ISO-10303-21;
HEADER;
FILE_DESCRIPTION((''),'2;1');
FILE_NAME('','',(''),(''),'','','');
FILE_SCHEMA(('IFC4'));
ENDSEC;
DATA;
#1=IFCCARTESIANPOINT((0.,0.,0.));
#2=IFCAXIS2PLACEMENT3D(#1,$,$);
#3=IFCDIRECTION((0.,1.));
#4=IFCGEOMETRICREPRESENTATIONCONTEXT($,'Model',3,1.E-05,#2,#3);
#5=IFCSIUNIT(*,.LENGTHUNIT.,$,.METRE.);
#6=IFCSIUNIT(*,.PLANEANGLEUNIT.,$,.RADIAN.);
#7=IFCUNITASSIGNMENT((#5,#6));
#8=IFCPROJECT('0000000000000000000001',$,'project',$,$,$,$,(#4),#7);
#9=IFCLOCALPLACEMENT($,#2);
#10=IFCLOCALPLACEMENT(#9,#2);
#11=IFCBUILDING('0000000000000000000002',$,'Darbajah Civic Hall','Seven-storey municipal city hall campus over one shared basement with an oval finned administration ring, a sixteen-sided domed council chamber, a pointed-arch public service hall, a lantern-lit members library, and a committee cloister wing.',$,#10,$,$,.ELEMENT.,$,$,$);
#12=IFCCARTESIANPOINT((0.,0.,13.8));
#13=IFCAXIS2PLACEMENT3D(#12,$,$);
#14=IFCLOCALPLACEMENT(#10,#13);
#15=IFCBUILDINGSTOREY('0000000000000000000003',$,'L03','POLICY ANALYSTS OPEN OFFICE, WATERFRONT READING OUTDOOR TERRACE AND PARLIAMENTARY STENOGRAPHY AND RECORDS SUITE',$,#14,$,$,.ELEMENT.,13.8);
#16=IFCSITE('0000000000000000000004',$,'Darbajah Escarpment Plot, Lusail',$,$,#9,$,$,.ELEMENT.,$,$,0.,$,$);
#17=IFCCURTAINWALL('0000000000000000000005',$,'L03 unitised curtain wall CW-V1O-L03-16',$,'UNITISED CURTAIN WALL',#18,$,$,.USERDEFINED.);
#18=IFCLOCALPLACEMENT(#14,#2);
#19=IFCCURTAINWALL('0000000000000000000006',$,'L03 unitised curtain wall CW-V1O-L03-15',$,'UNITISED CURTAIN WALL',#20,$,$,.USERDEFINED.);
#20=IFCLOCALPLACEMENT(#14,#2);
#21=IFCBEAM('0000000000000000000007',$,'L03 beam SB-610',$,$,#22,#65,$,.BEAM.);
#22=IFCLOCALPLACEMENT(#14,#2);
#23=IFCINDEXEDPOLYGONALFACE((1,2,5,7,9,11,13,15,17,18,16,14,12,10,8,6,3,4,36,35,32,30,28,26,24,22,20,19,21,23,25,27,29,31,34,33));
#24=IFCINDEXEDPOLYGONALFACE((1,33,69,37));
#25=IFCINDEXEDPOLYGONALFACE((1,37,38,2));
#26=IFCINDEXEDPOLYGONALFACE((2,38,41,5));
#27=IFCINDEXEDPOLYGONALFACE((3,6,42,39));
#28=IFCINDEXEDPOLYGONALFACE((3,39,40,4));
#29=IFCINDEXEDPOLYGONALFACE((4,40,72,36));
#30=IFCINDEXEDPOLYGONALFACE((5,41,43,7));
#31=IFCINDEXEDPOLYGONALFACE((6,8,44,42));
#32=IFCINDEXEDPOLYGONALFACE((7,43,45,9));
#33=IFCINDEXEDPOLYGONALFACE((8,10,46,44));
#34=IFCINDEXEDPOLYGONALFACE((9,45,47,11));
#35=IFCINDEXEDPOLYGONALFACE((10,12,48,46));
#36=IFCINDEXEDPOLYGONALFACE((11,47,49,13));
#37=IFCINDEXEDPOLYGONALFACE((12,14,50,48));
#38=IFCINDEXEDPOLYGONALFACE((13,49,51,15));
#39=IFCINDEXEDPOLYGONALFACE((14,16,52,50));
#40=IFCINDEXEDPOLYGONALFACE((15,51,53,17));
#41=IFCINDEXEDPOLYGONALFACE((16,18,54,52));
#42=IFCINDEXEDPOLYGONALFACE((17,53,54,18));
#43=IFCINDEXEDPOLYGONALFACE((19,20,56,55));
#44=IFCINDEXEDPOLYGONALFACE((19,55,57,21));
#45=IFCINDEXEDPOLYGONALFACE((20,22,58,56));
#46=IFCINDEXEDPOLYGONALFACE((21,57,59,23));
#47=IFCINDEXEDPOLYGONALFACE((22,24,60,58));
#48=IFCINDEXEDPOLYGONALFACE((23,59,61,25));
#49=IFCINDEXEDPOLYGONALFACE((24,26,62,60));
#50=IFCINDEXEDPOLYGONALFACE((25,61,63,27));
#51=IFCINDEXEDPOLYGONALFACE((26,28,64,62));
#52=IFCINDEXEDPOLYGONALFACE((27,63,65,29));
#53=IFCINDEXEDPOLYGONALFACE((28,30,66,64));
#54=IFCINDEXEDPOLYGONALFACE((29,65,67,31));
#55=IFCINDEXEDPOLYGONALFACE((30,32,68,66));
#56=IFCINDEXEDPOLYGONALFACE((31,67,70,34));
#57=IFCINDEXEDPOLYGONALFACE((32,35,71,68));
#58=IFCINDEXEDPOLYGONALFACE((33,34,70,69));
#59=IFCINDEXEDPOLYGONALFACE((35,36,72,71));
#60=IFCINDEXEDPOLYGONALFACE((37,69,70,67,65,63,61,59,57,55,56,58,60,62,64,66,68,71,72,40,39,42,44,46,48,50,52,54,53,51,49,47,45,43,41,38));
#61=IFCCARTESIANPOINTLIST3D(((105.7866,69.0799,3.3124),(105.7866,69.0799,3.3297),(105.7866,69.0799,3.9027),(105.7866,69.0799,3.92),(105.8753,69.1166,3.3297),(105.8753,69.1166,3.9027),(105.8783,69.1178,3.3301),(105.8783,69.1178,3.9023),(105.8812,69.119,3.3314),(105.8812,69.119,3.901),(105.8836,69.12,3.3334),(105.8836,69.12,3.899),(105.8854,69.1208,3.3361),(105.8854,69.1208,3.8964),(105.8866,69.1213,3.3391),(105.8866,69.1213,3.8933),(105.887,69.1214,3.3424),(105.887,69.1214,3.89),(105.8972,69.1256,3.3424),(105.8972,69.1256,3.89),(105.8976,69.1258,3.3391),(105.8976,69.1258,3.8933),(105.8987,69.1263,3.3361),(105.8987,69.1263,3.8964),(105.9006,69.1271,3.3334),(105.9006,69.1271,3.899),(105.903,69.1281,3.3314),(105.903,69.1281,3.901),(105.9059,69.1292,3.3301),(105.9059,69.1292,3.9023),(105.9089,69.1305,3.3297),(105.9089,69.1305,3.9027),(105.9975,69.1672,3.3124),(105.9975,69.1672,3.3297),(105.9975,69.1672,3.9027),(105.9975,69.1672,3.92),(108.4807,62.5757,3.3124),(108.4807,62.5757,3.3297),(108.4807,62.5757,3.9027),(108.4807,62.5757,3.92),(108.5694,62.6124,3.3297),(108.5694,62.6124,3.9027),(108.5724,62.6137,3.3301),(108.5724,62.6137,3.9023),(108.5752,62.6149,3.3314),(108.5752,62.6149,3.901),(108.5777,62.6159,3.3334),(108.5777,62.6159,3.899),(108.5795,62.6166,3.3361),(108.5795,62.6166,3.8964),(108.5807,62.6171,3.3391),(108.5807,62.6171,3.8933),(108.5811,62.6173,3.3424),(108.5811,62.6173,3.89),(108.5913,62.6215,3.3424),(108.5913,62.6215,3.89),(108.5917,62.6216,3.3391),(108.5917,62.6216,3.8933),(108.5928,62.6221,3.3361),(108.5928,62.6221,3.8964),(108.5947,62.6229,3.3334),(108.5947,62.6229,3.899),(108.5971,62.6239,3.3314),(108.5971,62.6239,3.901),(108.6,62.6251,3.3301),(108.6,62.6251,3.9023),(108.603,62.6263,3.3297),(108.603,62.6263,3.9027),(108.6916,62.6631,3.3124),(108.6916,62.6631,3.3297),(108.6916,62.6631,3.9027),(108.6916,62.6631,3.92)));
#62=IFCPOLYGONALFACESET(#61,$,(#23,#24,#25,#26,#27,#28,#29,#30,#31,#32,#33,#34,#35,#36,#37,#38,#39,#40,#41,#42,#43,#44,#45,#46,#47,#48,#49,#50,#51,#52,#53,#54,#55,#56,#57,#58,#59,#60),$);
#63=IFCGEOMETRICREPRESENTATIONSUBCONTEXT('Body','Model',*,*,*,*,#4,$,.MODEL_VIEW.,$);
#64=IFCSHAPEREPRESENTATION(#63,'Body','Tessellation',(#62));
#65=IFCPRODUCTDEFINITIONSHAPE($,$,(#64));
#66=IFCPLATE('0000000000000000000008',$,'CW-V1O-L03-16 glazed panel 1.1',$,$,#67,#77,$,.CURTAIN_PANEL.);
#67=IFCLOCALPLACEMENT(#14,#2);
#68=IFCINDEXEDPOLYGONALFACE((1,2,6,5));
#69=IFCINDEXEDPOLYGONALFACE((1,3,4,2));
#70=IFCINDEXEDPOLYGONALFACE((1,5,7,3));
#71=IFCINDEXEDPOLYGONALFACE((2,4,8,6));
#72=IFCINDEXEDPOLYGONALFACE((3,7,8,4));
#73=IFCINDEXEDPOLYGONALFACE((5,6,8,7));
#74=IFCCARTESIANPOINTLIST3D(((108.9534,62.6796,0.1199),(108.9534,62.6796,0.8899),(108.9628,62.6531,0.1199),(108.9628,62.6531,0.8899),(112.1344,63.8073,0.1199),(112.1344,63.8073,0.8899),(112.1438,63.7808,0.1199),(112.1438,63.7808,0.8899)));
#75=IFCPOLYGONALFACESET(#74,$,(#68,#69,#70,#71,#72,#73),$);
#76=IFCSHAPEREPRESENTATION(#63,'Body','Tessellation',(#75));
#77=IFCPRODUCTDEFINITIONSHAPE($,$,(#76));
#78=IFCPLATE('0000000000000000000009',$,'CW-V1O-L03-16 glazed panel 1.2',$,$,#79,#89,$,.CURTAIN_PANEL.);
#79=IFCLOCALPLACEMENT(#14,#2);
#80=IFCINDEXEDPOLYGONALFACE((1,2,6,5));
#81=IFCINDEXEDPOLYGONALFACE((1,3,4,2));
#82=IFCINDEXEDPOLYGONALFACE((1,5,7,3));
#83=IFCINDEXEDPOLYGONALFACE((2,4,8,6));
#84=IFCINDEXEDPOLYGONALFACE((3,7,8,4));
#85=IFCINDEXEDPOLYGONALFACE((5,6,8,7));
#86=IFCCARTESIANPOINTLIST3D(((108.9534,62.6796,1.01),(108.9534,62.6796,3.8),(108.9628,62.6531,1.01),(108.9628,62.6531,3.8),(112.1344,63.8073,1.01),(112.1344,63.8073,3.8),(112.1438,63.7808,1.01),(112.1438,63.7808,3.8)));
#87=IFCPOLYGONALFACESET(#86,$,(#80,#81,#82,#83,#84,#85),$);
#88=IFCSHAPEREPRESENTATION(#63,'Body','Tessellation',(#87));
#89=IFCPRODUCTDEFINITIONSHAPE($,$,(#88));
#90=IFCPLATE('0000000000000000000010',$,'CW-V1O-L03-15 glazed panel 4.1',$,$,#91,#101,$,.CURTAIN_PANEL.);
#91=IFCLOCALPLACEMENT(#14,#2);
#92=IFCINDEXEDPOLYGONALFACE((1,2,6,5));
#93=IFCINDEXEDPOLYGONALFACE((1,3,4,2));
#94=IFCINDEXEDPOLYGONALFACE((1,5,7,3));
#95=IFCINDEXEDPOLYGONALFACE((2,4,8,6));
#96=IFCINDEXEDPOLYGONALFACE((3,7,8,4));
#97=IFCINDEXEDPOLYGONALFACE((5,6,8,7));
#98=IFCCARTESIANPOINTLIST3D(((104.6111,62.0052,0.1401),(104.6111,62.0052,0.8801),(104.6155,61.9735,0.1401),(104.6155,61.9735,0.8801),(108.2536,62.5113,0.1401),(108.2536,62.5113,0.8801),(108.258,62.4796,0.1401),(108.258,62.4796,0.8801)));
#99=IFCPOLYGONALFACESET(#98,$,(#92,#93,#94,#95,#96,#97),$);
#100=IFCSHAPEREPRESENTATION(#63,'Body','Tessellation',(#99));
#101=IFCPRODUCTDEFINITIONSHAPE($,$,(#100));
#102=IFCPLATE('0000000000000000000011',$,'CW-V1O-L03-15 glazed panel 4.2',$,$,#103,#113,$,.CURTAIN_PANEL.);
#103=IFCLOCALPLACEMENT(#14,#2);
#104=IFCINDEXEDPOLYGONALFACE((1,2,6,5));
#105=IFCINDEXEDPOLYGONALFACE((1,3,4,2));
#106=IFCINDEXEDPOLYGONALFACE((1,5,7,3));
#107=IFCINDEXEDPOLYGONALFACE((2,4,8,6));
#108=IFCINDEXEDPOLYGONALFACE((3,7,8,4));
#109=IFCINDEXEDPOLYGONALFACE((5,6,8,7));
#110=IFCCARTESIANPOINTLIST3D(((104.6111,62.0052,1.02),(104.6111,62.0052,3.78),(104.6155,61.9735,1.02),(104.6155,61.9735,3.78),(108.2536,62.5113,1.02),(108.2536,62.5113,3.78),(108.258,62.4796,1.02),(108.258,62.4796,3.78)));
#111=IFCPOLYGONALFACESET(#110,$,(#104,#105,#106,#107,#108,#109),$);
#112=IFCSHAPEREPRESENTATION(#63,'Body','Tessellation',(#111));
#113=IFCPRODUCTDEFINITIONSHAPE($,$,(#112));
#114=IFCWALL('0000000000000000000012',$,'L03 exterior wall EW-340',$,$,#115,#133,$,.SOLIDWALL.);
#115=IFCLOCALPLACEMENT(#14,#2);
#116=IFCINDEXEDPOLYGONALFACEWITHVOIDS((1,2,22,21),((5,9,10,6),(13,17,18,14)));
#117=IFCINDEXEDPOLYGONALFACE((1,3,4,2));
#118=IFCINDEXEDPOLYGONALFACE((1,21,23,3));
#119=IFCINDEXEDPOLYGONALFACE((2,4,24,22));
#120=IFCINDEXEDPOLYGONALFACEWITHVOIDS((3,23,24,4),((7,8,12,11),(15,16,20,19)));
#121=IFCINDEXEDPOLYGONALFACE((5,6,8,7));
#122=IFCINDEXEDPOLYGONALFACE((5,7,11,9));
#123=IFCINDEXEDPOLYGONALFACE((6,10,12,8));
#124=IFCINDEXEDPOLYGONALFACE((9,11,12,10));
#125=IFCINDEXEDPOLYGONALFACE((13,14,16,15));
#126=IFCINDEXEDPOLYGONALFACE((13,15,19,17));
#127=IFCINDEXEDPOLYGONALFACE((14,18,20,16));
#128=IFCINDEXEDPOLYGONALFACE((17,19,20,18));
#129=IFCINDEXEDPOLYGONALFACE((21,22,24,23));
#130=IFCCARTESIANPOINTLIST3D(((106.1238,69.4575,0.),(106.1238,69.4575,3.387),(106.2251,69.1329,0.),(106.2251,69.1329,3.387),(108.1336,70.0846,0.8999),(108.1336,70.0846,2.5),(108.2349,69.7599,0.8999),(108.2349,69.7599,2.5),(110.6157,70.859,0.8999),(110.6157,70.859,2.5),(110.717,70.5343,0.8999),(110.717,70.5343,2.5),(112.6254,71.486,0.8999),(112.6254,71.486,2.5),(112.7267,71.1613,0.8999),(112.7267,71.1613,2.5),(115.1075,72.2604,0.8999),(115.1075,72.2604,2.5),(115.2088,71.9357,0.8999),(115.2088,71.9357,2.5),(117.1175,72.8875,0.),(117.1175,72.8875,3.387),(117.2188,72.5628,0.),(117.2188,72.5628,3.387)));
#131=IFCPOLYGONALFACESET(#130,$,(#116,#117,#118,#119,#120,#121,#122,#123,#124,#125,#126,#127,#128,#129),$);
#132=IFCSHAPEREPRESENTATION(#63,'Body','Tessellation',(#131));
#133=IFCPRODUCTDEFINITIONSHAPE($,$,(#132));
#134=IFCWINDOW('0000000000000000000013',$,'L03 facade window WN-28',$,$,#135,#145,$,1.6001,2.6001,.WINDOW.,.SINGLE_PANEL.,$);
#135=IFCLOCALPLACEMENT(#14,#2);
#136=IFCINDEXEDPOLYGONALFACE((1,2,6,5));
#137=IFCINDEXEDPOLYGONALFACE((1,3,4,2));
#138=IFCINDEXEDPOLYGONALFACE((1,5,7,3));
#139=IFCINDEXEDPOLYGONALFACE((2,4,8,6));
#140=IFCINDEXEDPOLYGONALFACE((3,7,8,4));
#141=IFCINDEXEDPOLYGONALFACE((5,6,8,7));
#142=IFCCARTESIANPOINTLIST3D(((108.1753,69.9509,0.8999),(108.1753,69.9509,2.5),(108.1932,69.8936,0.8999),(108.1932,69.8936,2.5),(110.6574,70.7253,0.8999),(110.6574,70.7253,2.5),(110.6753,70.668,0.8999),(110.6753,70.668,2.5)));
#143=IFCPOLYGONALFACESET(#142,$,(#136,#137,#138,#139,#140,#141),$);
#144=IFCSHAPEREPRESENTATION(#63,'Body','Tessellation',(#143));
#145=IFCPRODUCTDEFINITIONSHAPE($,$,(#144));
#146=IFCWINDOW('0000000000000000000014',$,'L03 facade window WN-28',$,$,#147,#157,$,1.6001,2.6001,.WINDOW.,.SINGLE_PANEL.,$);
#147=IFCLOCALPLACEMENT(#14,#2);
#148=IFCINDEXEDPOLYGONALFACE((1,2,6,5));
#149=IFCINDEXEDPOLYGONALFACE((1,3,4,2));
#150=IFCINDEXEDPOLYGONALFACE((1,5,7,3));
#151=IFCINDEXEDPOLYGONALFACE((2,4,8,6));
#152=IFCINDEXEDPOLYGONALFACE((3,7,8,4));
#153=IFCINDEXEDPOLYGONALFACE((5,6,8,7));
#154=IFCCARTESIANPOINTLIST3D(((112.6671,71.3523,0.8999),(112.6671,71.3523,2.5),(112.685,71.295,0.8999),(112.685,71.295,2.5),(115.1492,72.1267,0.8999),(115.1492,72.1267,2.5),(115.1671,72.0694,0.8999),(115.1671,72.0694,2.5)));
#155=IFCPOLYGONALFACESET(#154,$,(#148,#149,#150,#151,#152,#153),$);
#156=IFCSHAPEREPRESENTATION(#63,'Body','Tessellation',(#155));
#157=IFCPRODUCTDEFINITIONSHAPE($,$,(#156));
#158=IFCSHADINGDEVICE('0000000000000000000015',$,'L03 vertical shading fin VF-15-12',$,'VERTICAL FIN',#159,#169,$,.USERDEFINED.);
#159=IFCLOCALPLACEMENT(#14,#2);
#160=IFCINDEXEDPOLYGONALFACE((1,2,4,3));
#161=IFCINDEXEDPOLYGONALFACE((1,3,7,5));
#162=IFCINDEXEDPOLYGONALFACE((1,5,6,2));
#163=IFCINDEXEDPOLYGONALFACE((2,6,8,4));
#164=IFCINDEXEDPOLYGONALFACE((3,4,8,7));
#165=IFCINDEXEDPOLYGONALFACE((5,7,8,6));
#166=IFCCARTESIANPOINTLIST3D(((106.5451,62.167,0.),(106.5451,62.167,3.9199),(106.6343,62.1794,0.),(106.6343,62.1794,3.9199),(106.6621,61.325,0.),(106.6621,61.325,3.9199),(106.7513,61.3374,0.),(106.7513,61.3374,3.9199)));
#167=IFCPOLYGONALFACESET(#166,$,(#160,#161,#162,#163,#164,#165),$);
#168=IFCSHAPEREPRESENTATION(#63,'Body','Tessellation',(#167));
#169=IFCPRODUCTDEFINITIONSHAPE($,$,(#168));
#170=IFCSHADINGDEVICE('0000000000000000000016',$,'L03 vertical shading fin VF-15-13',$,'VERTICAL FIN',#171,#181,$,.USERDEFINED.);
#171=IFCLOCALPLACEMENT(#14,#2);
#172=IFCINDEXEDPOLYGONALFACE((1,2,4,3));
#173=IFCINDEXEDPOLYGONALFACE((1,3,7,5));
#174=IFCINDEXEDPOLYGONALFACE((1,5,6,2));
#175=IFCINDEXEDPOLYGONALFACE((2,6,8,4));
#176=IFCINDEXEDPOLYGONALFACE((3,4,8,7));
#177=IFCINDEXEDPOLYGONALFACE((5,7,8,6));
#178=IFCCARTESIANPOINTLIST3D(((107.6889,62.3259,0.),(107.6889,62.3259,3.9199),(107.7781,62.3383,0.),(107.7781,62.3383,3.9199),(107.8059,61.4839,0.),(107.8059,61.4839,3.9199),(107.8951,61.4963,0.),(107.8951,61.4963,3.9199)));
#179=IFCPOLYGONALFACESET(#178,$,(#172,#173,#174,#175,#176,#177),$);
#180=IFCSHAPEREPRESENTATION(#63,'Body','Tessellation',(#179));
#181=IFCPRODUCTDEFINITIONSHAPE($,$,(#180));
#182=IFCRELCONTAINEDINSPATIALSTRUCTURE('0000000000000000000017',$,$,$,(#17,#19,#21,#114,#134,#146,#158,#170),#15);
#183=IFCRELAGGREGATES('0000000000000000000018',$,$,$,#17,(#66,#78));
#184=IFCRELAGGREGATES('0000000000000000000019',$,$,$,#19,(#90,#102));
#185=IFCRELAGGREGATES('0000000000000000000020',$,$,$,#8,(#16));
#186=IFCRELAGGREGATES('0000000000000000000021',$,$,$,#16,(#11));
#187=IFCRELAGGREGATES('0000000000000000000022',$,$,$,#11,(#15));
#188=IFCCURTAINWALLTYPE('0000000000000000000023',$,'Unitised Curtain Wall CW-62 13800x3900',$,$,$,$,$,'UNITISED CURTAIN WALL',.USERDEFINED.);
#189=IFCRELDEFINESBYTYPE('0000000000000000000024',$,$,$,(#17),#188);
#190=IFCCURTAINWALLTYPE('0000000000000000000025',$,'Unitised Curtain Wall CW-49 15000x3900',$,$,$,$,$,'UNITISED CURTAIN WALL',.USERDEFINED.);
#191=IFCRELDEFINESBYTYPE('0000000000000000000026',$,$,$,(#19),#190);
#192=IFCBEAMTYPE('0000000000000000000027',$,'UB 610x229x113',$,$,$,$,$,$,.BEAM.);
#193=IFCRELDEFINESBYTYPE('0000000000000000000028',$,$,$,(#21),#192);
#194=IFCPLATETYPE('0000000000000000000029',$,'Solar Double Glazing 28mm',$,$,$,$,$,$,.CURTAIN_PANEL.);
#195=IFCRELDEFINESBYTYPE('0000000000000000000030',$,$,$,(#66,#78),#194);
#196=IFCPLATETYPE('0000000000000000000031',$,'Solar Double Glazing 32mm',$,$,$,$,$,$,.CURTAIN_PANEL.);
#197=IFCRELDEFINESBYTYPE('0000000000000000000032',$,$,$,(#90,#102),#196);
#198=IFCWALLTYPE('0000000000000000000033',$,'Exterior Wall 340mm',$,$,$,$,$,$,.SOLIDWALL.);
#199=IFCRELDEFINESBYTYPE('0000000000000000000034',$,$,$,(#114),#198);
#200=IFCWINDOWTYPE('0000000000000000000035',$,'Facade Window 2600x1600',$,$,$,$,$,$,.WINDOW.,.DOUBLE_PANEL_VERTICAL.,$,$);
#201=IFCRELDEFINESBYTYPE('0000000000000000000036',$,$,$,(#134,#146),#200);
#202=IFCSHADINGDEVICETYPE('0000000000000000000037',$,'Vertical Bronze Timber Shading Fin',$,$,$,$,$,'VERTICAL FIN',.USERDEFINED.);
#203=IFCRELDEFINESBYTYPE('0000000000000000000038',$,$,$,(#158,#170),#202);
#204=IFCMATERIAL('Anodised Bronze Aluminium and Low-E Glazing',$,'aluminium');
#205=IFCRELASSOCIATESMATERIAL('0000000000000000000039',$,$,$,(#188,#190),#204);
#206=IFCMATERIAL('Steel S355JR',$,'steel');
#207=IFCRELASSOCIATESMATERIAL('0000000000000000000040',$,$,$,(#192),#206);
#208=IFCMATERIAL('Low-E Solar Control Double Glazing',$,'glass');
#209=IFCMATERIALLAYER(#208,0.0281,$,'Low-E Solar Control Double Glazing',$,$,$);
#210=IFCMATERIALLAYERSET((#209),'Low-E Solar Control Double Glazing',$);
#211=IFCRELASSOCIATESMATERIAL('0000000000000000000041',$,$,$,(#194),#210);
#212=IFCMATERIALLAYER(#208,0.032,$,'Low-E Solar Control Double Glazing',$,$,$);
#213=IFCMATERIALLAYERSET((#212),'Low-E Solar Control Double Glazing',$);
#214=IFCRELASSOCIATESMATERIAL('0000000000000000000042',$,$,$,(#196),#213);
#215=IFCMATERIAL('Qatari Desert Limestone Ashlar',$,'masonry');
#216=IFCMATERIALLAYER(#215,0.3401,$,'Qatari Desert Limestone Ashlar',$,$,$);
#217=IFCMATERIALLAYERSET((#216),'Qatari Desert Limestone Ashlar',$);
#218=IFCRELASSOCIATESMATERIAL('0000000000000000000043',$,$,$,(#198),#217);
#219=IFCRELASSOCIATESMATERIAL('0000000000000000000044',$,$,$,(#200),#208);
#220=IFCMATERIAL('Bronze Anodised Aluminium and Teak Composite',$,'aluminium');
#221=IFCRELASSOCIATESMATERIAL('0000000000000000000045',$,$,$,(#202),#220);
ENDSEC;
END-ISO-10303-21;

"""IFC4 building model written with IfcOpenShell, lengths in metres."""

from ifc_helpers import new_model, si_unit, direction, frame, frame_2d, origin, origin_2d, place, context, subcontext, project, spatial, rectangle, i_section, extrude, material, layer, layer_set, material_profile, profile_set, type_object, element, fill, aggregate, save


model = new_model("IFC4")

# Units and contexts
model_context = context("Model", 3, precision=1e-05, world=origin(), true_north=direction((0.0, 1.0)))
body_context = subcontext(model_context, "Body", "Model", "MODEL_VIEW")
ifc_project = project(units=[si_unit("LENGTHUNIT", "METRE"), si_unit("PLANEANGLEUNIT", "RADIAN")], contexts=[model_context])

# Site, building, storey
site_placement = place(None, origin())
site = spatial("IfcSite", under=ifc_project, at=site_placement, Name="Darbajah Escarpment Plot, Lusail", CompositionType="ELEMENT", RefElevation=0.0)
building_placement = place(site_placement, origin())
building = spatial("IfcBuilding", under=site, at=building_placement, Name="Darbajah Civic Hall", Description="Seven-storey municipal city hall campus over one shared basement with an oval finned administration ring, a sixteen-sided domed council chamber, a pointed-arch public service hall, a lantern-lit members library, and a committee cloister wing.", CompositionType="ELEMENT")
storey_placement = place(building_placement, frame((0.0, 0.0, 13.8)))
storey = spatial("IfcBuildingStorey", under=building, at=storey_placement, Name="L03", Description="POLICY ANALYSTS OPEN OFFICE, WATERFRONT READING OUTDOOR TERRACE AND PARLIAMENTARY STENOGRAPHY AND RECORDS SUITE", CompositionType="ELEMENT", Elevation=13.8)

# Curtain walls
ifc_material_1 = material(Name="Anodised Bronze Aluminium and Low-E Glazing", Category="aluminium")
curtain_wall_type_1 = type_object("IfcCurtainWallType", Name="Unitised Curtain Wall CW-62 13800x3900", ElementType="UNITISED CURTAIN WALL", PredefinedType="USERDEFINED", material=ifc_material_1)
curtain_wall_1_placement = place(storey_placement, origin())
curtain_wall_1 = element("IfcCurtainWall", 1, at=curtain_wall_1_placement, inside=storey, type_object=curtain_wall_type_1, Name="L03 unitised curtain wall CW-V1O-L03-16", ObjectType="UNITISED CURTAIN WALL", PredefinedType="USERDEFINED")
curtain_wall_type_2 = type_object("IfcCurtainWallType", Name="Unitised Curtain Wall CW-49 15000x3900", ElementType="UNITISED CURTAIN WALL", PredefinedType="USERDEFINED", material=ifc_material_1)
curtain_wall_2_placement = place(storey_placement, origin())
curtain_wall_2 = element("IfcCurtainWall", 2, at=curtain_wall_2_placement, inside=storey, type_object=curtain_wall_type_2, Name="L03 unitised curtain wall CW-V1O-L03-15", ObjectType="UNITISED CURTAIN WALL", PredefinedType="USERDEFINED")

# Beam
ifc_material_2 = material(Name="Steel S355JR", Category="steel")
ifc_material_profile_1 = material_profile(ifc_material_2, i_section(OverallWidth=0.2283, OverallDepth=0.6077, WebThickness=0.011, FlangeThickness=0.0173, FilletRadius=0.0127, at=origin_2d()), Name="UB 610x229x113")
ifc_profile_set_1 = profile_set([ifc_material_profile_1], Name="Steel S355JR")
beam_type_1 = type_object("IfcBeamType", Name="UB 610x229x113", PredefinedType="BEAM", material=ifc_profile_set_1)
beam_1_placement = place(storey_placement, frame((105.8921, 69.1235, 3.6162), z_axis=(0.382682, -0.92388, 0.0), x_axis=(0.92388, 0.382682, 0.0)))
element("IfcBeam", 3, at=beam_1_placement, inside=storey, type_object=beam_type_1, Name="L03 beam SB-610", PredefinedType="BEAM", context=body_context, shape_type="SweptSolid", body=[
    extrude(i_section(OverallWidth=0.2283, OverallDepth=0.6077, WebThickness=0.011, FlangeThickness=0.0173, FilletRadius=0.0127, at=origin_2d()), origin(), (0.0, 0.0, 1.0), 7.04),
])

# Plates
ifc_material_3 = material(Name="Low-E Solar Control Double Glazing", Category="glass")
ifc_layer_1 = layer(ifc_material_3, 0.0281, Name="Low-E Solar Control Double Glazing")
ifc_layer_set_1 = layer_set([ifc_layer_1], Name="Low-E Solar Control Double Glazing")
plate_type_1 = type_object("IfcPlateType", Name="Solar Double Glazing 28mm", PredefinedType="CURTAIN_PANEL", material=ifc_layer_set_1)
plate_1_placement = place(storey_placement, frame((110.5486, 63.2302, 0.1199), z_axis=(0.0, 0.0, 1.0), x_axis=(0.942525, 0.334136, 0.0)))
plate_1 = element("IfcPlate", 4, at=plate_1_placement, type_object=plate_type_1, Name="CW-V1O-L03-16 glazed panel 1.1", PredefinedType="CURTAIN_PANEL", context=body_context, shape_type="SweptSolid", body=[
    extrude(rectangle(XDim=3.375, YDim=0.0281, at=origin_2d()), origin(), (0.0, 0.0, 1.0), 0.77),
])
plate_2_placement = place(storey_placement, frame((110.5486, 63.2302, 1.01), z_axis=(0.0, 0.0, 1.0), x_axis=(0.942525, 0.334136, 0.0)))
plate_2 = element("IfcPlate", 5, at=plate_2_placement, type_object=plate_type_1, Name="CW-V1O-L03-16 glazed panel 1.2", PredefinedType="CURTAIN_PANEL", context=body_context, shape_type="SweptSolid", body=[
    extrude(rectangle(XDim=3.375, YDim=0.0281, at=origin_2d()), origin(), (0.0, 0.0, 1.0), 2.79),
])
aggregate(curtain_wall_1, [plate_1, plate_2])
ifc_layer_2 = layer(ifc_material_3, 0.032, Name="Low-E Solar Control Double Glazing")
ifc_layer_set_2 = layer_set([ifc_layer_2], Name="Low-E Solar Control Double Glazing")
plate_type_2 = type_object("IfcPlateType", Name="Solar Double Glazing 32mm", PredefinedType="CURTAIN_PANEL", material=ifc_layer_set_2)
plate_3_placement = place(storey_placement, frame((106.4346, 62.2424, 0.1401), z_axis=(0.0, 0.0, 1.0), x_axis=(0.990485, 0.137617, 0.0)))
plate_3 = element("IfcPlate", 6, at=plate_3_placement, type_object=plate_type_2, Name="CW-V1O-L03-15 glazed panel 4.1", PredefinedType="CURTAIN_PANEL", context=body_context, shape_type="SweptSolid", body=[
    extrude(rectangle(XDim=3.6775, YDim=0.032, at=origin_2d()), origin(), (0.0, 0.0, 1.0), 0.74),
])
plate_4_placement = place(storey_placement, frame((106.4346, 62.2424, 1.02), z_axis=(0.0, 0.0, 1.0), x_axis=(0.990485, 0.137617, 0.0)))
plate_4 = element("IfcPlate", 7, at=plate_4_placement, type_object=plate_type_2, Name="CW-V1O-L03-15 glazed panel 4.2", PredefinedType="CURTAIN_PANEL", context=body_context, shape_type="SweptSolid", body=[
    extrude(rectangle(XDim=3.6775, YDim=0.032, at=origin_2d()), origin(), (0.0, 0.0, 1.0), 2.76),
])
aggregate(curtain_wall_2, [plate_3, plate_4])

# Wall, openings, windows
ifc_material_4 = material(Name="Qatari Desert Limestone Ashlar", Category="masonry")
ifc_layer_3 = layer(ifc_material_4, 0.3401, Name="Qatari Desert Limestone Ashlar")
ifc_layer_set_3 = layer_set([ifc_layer_3], Name="Qatari Desert Limestone Ashlar")
wall_type = type_object("IfcWallType", Name="Exterior Wall 340mm", PredefinedType="SOLIDWALL", material=ifc_layer_set_3)
wall_placement = place(storey_placement, frame((106.1743, 69.2952, 0.0), z_axis=(0.0, 0.0, 1.0), x_axis=(0.954618, 0.297833, 0.0)))
wall = element("IfcWall", 8, at=wall_placement, inside=storey, type_object=wall_type, Name="L03 exterior wall EW-340", PredefinedType="SOLIDWALL", context=body_context, shape_type="SweptSolid", body=[
    extrude(rectangle(XDim=11.5164, YDim=0.3401, at=frame_2d((5.7583, 0.0))), origin(), (0.0, 0.0, 1.0), 3.387),
])
opening_1_placement = place(wall_placement, frame((2.1055, 0.0, 0.8999)))
opening_1 = element("IfcOpeningElement", 9, at=opening_1_placement, cuts=wall, PredefinedType="OPENING", context=body_context, shape_type="SweptSolid", body=[
    extrude(rectangle(XDim=2.6001, YDim=1.6001, at=frame_2d((1.3, 0.8))), frame((0.0, 0.1799, 0.0), z_axis=(0.0, -1.0, 0.0), x_axis=(1.0, 0.0, 0.0)), (0.0, 0.0, 1.0), 0.3601),
])
opening_2_placement = place(wall_placement, frame((6.8108, 0.0, 0.8999)))
opening_2 = element("IfcOpeningElement", 10, at=opening_2_placement, cuts=wall, PredefinedType="OPENING", context=body_context, shape_type="SweptSolid", body=[
    extrude(rectangle(XDim=2.6001, YDim=1.6001, at=frame_2d((1.3, 0.8))), frame((0.0, 0.1799, 0.0), z_axis=(0.0, -1.0, 0.0), x_axis=(1.0, 0.0, 0.0)), (0.0, 0.0, 1.0), 0.3601),
])
window_type = type_object("IfcWindowType", Name="Facade Window 2600x1600", PartitioningType="DOUBLE_PANEL_VERTICAL", PredefinedType="WINDOW", material=ifc_material_3)
window_1_placement = place(opening_1_placement, origin())
window_1 = element("IfcWindow", 11, at=window_1_placement, inside=storey, type_object=window_type, Name="L03 facade window WN-28", OverallHeight=1.6001, OverallWidth=2.6001, PartitioningType="SINGLE_PANEL", PredefinedType="WINDOW", context=body_context, shape_type="SweptSolid", body=[
    extrude(rectangle(XDim=2.6001, YDim=1.6001, at=frame_2d((1.3, 0.8))), frame((0.0, 0.03, 0.0), z_axis=(0.0, -1.0, 0.0), x_axis=(1.0, 0.0, 0.0)), (0.0, 0.0, 1.0), 0.0601),
])
fill(opening_1, window_1)
window_2_placement = place(opening_2_placement, origin())
window_2 = element("IfcWindow", 12, at=window_2_placement, inside=storey, type_object=window_type, Name="L03 facade window WN-28", OverallHeight=1.6001, OverallWidth=2.6001, PartitioningType="SINGLE_PANEL", PredefinedType="WINDOW", context=body_context, shape_type="SweptSolid", body=[
    extrude(rectangle(XDim=2.6001, YDim=1.6001, at=frame_2d((1.3, 0.8))), frame((0.0, 0.03, 0.0), z_axis=(0.0, -1.0, 0.0), x_axis=(1.0, 0.0, 0.0)), (0.0, 0.0, 1.0), 0.0601),
])
fill(opening_2, window_2)

# Shading devices
ifc_material_5 = material(Name="Bronze Anodised Aluminium and Teak Composite", Category="aluminium")
shading_device_type = type_object("IfcShadingDeviceType", Name="Vertical Bronze Timber Shading Fin", ElementType="VERTICAL FIN", PredefinedType="USERDEFINED", material=ifc_material_5)
for number, where, z_axis, x_axis, name in (
    (13, (106.6482, 61.7522, 0.0), (0.0, 0.0, 1.0), (0.137617, -0.990485, 0.0), "L03 vertical shading fin VF-15-12"),
    (14, (107.792, 61.9111, 0.0), (0.0, 0.0, 1.0), (0.137617, -0.990485, 0.0), "L03 vertical shading fin VF-15-13"),
):
    element("IfcShadingDevice", number, at=place(storey_placement, frame(where, z_axis=z_axis, x_axis=x_axis)), inside=storey, type_object=shading_device_type, Name=name, ObjectType="VERTICAL FIN", PredefinedType="USERDEFINED", context=body_context, shape_type="SweptSolid", body=[
        extrude(rectangle(XDim=0.8501, YDim=0.0901, at=origin_2d()), origin(), (0.0, 0.0, 1.0), 3.9199),
    ])

save(model, "model.ifc")
